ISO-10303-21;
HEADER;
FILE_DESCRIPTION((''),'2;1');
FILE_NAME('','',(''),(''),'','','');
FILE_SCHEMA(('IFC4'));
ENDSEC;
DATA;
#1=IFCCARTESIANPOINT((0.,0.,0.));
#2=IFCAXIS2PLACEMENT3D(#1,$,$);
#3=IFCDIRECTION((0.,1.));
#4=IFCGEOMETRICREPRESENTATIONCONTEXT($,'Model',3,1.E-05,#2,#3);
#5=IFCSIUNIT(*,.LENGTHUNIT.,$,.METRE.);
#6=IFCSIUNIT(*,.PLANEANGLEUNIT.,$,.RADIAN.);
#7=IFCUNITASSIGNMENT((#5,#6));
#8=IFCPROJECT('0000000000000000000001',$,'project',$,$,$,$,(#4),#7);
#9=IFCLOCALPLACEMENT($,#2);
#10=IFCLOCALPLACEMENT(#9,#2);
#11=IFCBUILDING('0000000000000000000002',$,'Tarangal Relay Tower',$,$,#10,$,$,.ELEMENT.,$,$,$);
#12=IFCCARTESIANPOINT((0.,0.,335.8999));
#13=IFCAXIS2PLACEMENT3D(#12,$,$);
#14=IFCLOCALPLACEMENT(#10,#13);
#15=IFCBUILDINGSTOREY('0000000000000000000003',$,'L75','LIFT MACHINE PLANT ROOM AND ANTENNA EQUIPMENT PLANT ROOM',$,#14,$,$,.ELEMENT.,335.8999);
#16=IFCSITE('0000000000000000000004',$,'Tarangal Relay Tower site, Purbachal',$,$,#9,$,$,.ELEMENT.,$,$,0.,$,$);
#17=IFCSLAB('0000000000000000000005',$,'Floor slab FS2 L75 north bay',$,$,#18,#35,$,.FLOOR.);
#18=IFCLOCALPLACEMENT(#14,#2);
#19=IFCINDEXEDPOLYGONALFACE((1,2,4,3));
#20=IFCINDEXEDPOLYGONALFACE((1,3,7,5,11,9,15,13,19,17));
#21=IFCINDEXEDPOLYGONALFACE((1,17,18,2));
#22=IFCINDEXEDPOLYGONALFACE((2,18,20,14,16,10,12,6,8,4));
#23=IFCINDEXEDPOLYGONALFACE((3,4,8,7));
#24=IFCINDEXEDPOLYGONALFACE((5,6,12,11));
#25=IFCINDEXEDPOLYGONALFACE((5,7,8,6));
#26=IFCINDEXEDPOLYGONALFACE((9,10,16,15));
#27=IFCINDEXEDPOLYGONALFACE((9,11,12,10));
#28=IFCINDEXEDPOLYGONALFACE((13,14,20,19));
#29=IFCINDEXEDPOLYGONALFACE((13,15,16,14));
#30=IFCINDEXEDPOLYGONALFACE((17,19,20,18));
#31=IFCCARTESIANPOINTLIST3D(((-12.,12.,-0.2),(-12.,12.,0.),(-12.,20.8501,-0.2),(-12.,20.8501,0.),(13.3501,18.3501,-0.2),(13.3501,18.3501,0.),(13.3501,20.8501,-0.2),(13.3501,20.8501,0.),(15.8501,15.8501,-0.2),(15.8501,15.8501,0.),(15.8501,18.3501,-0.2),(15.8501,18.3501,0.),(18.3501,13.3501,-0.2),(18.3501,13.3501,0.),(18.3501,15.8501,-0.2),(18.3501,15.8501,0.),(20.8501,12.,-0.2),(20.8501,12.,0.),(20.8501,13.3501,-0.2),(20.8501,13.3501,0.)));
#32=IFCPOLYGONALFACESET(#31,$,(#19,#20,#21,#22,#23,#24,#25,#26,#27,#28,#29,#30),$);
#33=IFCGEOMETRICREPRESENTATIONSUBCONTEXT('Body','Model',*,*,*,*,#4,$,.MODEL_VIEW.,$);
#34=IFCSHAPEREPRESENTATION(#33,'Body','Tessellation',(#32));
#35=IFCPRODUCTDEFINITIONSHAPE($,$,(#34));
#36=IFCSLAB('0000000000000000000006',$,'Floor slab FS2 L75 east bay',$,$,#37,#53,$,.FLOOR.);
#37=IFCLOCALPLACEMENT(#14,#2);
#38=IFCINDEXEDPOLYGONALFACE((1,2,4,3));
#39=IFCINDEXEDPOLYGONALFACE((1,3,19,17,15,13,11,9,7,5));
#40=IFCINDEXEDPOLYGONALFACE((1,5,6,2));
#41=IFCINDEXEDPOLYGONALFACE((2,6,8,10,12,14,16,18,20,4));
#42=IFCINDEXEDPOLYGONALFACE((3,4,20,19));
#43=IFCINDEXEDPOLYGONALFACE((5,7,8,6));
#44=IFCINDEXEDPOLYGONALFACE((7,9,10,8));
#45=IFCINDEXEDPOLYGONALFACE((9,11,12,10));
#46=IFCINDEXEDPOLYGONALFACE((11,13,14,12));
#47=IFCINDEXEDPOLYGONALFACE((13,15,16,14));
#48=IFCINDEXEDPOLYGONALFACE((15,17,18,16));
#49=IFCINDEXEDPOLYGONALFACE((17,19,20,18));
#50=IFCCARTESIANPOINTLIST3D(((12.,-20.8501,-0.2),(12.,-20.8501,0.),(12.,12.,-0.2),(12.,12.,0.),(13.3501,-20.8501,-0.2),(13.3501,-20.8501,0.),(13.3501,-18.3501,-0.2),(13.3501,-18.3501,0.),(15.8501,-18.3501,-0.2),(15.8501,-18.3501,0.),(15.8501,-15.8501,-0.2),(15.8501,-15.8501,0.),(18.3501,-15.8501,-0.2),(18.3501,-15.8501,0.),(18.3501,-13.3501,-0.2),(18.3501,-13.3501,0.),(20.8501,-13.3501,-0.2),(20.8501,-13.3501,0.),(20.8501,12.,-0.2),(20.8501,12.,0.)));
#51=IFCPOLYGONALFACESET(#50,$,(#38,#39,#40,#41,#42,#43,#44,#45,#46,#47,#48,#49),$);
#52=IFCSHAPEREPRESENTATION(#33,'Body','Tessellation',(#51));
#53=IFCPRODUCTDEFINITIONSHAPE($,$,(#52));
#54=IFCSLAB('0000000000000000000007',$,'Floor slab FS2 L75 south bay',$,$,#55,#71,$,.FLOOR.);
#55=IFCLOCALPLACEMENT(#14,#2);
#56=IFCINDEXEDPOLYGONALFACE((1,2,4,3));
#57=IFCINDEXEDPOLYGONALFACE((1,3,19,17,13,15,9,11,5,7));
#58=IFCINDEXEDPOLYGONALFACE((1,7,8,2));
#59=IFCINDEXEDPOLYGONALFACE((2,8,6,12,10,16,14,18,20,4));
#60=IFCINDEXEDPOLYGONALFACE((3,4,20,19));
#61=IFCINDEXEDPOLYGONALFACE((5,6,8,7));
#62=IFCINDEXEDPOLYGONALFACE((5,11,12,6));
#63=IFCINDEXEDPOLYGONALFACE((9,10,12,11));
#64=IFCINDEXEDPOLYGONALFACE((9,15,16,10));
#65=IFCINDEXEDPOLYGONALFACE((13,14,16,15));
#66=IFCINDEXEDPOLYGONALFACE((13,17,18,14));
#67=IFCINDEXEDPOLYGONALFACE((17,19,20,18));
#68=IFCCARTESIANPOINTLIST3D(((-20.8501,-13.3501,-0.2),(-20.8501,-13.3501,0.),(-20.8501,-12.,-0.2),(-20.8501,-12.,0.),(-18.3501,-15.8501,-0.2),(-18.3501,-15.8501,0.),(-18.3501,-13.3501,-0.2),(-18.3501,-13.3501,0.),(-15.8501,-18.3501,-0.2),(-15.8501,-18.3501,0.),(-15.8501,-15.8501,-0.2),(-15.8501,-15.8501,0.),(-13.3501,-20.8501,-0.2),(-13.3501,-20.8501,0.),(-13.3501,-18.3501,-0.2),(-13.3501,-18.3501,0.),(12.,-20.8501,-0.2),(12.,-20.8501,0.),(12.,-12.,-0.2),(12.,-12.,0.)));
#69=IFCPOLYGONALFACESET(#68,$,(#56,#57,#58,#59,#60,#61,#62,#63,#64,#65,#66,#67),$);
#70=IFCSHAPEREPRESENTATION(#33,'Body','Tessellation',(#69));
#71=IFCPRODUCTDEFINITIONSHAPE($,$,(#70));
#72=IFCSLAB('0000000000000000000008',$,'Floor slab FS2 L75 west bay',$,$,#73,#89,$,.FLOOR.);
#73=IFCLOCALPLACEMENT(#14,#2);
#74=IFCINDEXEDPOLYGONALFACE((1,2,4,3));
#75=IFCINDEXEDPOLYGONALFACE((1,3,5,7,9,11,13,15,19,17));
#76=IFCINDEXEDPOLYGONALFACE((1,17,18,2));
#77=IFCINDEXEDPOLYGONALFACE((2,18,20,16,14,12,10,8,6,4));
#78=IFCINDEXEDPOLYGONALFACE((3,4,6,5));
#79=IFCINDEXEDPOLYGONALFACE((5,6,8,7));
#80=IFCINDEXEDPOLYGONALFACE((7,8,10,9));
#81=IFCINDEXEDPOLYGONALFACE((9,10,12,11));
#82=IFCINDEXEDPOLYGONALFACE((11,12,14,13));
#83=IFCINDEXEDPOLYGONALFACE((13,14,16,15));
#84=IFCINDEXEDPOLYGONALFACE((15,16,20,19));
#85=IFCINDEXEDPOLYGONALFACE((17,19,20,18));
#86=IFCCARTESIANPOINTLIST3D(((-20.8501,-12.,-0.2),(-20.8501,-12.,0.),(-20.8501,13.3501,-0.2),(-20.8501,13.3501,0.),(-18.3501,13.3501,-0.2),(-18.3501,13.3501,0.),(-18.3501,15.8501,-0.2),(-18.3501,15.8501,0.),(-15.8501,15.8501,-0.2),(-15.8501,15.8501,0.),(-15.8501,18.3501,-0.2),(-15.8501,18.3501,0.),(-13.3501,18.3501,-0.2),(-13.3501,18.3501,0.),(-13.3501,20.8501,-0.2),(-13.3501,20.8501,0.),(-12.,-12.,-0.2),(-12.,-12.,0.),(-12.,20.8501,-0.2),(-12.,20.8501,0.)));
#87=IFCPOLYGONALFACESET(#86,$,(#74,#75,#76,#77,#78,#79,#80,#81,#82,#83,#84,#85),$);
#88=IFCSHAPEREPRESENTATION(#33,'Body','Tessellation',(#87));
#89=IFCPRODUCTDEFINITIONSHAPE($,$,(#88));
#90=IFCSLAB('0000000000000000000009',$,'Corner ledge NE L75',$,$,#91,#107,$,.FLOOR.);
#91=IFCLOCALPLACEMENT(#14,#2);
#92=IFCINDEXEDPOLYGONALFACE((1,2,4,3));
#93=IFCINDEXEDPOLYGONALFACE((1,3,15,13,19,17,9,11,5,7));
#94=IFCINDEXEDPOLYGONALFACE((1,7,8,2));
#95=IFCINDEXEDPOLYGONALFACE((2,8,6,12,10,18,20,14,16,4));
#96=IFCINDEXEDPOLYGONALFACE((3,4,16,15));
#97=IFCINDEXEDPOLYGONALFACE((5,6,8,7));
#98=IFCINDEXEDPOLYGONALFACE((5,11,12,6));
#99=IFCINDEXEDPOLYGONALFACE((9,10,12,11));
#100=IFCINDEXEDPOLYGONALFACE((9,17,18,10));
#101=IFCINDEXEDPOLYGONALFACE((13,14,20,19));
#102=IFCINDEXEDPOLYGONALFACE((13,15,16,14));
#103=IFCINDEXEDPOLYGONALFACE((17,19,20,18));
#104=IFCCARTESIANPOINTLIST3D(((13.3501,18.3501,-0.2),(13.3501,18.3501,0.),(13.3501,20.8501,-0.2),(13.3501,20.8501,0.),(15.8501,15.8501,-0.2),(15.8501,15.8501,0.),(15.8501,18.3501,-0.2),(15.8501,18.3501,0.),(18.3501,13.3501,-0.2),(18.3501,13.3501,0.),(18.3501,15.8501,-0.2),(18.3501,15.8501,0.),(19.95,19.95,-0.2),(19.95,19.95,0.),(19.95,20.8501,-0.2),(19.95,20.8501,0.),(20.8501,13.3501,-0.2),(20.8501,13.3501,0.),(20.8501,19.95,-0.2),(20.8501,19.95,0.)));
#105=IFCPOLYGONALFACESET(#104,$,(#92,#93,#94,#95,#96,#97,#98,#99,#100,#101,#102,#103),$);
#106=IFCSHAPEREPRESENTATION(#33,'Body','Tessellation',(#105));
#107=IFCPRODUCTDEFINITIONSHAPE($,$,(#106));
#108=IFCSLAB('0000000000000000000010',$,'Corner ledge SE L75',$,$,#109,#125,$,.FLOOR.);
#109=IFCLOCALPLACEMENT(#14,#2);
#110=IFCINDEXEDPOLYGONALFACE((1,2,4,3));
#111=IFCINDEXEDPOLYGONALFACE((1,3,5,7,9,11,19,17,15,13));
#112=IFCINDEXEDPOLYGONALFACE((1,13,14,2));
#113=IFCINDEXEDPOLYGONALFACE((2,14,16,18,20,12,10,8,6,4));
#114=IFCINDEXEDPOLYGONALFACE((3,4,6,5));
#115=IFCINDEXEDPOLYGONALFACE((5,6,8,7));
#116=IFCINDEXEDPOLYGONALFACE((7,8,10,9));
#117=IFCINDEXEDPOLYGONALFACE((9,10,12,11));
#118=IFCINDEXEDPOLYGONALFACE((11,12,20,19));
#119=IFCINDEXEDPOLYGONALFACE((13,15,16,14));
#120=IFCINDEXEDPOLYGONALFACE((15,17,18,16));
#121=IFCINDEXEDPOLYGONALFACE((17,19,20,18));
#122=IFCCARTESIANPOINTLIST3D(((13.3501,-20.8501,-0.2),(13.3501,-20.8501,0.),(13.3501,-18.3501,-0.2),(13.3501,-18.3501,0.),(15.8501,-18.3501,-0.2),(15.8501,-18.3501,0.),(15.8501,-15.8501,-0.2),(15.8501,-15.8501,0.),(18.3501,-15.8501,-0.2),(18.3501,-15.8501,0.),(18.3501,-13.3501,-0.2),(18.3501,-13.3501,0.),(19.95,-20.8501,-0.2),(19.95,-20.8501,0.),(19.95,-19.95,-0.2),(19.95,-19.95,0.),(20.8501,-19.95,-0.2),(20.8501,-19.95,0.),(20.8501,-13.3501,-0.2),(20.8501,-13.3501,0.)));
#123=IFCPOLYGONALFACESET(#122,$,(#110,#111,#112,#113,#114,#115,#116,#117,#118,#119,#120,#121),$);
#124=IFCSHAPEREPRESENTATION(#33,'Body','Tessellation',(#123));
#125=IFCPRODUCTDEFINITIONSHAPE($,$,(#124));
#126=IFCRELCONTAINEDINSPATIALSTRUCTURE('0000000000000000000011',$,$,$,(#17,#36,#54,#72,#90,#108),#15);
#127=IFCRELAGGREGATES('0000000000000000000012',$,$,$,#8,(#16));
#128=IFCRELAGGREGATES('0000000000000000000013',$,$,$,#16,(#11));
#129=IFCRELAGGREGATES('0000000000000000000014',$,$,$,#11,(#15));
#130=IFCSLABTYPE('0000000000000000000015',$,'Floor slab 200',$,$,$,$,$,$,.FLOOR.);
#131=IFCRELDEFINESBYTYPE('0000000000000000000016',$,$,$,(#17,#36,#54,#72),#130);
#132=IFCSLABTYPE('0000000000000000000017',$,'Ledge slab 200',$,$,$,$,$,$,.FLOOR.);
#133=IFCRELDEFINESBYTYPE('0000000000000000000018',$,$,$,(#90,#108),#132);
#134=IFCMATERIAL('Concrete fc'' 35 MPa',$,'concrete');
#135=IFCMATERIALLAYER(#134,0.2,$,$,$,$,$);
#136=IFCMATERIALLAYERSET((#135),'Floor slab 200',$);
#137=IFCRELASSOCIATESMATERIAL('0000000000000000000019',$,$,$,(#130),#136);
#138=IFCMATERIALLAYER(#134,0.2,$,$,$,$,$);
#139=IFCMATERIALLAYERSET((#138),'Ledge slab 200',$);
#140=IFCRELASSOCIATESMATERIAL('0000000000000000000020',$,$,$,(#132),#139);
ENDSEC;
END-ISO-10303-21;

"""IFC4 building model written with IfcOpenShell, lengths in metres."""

from ifc_helpers import new_model, si_unit, direction, frame, origin, place, context, subcontext, project, spatial, polyline, outline, extrude, material, layer, layer_set, type_object, element, save


model = new_model("IFC4")

# Units and contexts
model_context = context("Model", 3, precision=1e-05, world=origin(), true_north=direction((0.0, 1.0)))
body_context = subcontext(model_context, "Body", "Model", "MODEL_VIEW")
ifc_project = project(units=[si_unit("LENGTHUNIT", "METRE"), si_unit("PLANEANGLEUNIT", "RADIAN")], contexts=[model_context])

# Site, building, storey
site_placement = place(None, origin())
site = spatial("IfcSite", under=ifc_project, at=site_placement, Name="Tarangal Relay Tower site, Purbachal", CompositionType="ELEMENT", RefElevation=0.0)
building_placement = place(site_placement, origin())
building = spatial("IfcBuilding", under=site, at=building_placement, Name="Tarangal Relay Tower", CompositionType="ELEMENT")
storey_placement = place(building_placement, frame((0.0, 0.0, 335.8999)))
storey = spatial("IfcBuildingStorey", under=building, at=storey_placement, Name="L75", Description="LIFT MACHINE PLANT ROOM AND ANTENNA EQUIPMENT PLANT ROOM", CompositionType="ELEMENT", Elevation=335.8999)

# Slabs
ifc_material_1 = material(Name="Concrete fc' 35 MPa", Category="concrete")
ifc_layer_1 = layer(ifc_material_1, 0.2)
ifc_layer_set_1 = layer_set([ifc_layer_1], Name="Floor slab 200")
slab_type_1 = type_object("IfcSlabType", Name="Floor slab 200", PredefinedType="FLOOR", material=ifc_layer_set_1)
slab_1_placement = place(storey_placement, frame((0.0, 0.0, -0.2)))
element("IfcSlab", 1, at=slab_1_placement, inside=storey, type_object=slab_type_1, Name="Floor slab FS2 L75 north bay", PredefinedType="FLOOR", context=body_context, shape_type="SweptSolid", body=[
    extrude(outline(polyline([(13.3501, 20.8501), (13.3501, 18.3501), (15.8501, 18.3501), (15.8501, 15.8501), (18.3501, 15.8501), (18.3501, 13.3501), (20.8501, 13.3501), (20.8501, 12.0), (-12.0, 12.0), (-12.0, 20.8501), (13.3501, 20.8501)])), origin(), (0.0, 0.0, 1.0), 0.2),
])
slab_2_placement = place(storey_placement, frame((0.0, 0.0, -0.2)))
element("IfcSlab", 2, at=slab_2_placement, inside=storey, type_object=slab_type_1, Name="Floor slab FS2 L75 east bay", PredefinedType="FLOOR", context=body_context, shape_type="SweptSolid", body=[
    extrude(outline(polyline([(20.8501, -13.3501), (18.3501, -13.3501), (18.3501, -15.8501), (15.8501, -15.8501), (15.8501, -18.3501), (13.3501, -18.3501), (13.3501, -20.8501), (12.0, -20.8501), (12.0, 12.0), (20.8501, 12.0), (20.8501, -13.3501)])), origin(), (0.0, 0.0, 1.0), 0.2),
])
slab_3_placement = place(storey_placement, frame((0.0, 0.0, -0.2)))
element("IfcSlab", 3, at=slab_3_placement, inside=storey, type_object=slab_type_1, Name="Floor slab FS2 L75 south bay", PredefinedType="FLOOR", context=body_context, shape_type="SweptSolid", body=[
    extrude(outline(polyline([(-13.3501, -20.8501), (-13.3501, -18.3501), (-15.8501, -18.3501), (-15.8501, -15.8501), (-18.3501, -15.8501), (-18.3501, -13.3501), (-20.8501, -13.3501), (-20.8501, -12.0), (12.0, -12.0), (12.0, -20.8501), (-13.3501, -20.8501)])), origin(), (0.0, 0.0, 1.0), 0.2),
])
slab_4_placement = place(storey_placement, frame((0.0, 0.0, -0.2)))
element("IfcSlab", 4, at=slab_4_placement, inside=storey, type_object=slab_type_1, Name="Floor slab FS2 L75 west bay", PredefinedType="FLOOR", context=body_context, shape_type="SweptSolid", body=[
    extrude(outline(polyline([(-12.0, 20.8501), (-12.0, -12.0), (-20.8501, -12.0), (-20.8501, 13.3501), (-18.3501, 13.3501), (-18.3501, 15.8501), (-15.8501, 15.8501), (-15.8501, 18.3501), (-13.3501, 18.3501), (-13.3501, 20.8501), (-12.0, 20.8501)])), origin(), (0.0, 0.0, 1.0), 0.2),
])
ifc_layer_2 = layer(ifc_material_1, 0.2)
ifc_layer_set_2 = layer_set([ifc_layer_2], Name="Ledge slab 200")
slab_type_2 = type_object("IfcSlabType", Name="Ledge slab 200", PredefinedType="FLOOR", material=ifc_layer_set_2)
slab_5_placement = place(storey_placement, frame((0.0, 0.0, -0.2)))
element("IfcSlab", 5, at=slab_5_placement, inside=storey, type_object=slab_type_2, Name="Corner ledge NE L75", PredefinedType="FLOOR", context=body_context, shape_type="SweptSolid", body=[
    extrude(outline(polyline([(13.3501, 20.8501), (13.3501, 18.3501), (15.8501, 18.3501), (15.8501, 15.8501), (18.3501, 15.8501), (18.3501, 13.3501), (20.8501, 13.3501), (20.8501, 19.95), (19.95, 19.95), (19.95, 20.8501), (13.3501, 20.8501)])), origin(), (0.0, 0.0, 1.0), 0.2),
])
slab_6_placement = place(storey_placement, frame((0.0, 0.0, -0.2)))
element("IfcSlab", 6, at=slab_6_placement, inside=storey, type_object=slab_type_2, Name="Corner ledge SE L75", PredefinedType="FLOOR", context=body_context, shape_type="SweptSolid", body=[
    extrude(outline(polyline([(20.8501, -13.3501), (18.3501, -13.3501), (18.3501, -15.8501), (15.8501, -15.8501), (15.8501, -18.3501), (13.3501, -18.3501), (13.3501, -20.8501), (19.95, -20.8501), (19.95, -19.95), (20.8501, -19.95), (20.8501, -13.3501)])), origin(), (0.0, 0.0, 1.0), 0.2),
])

save(model, "model.ifc")
